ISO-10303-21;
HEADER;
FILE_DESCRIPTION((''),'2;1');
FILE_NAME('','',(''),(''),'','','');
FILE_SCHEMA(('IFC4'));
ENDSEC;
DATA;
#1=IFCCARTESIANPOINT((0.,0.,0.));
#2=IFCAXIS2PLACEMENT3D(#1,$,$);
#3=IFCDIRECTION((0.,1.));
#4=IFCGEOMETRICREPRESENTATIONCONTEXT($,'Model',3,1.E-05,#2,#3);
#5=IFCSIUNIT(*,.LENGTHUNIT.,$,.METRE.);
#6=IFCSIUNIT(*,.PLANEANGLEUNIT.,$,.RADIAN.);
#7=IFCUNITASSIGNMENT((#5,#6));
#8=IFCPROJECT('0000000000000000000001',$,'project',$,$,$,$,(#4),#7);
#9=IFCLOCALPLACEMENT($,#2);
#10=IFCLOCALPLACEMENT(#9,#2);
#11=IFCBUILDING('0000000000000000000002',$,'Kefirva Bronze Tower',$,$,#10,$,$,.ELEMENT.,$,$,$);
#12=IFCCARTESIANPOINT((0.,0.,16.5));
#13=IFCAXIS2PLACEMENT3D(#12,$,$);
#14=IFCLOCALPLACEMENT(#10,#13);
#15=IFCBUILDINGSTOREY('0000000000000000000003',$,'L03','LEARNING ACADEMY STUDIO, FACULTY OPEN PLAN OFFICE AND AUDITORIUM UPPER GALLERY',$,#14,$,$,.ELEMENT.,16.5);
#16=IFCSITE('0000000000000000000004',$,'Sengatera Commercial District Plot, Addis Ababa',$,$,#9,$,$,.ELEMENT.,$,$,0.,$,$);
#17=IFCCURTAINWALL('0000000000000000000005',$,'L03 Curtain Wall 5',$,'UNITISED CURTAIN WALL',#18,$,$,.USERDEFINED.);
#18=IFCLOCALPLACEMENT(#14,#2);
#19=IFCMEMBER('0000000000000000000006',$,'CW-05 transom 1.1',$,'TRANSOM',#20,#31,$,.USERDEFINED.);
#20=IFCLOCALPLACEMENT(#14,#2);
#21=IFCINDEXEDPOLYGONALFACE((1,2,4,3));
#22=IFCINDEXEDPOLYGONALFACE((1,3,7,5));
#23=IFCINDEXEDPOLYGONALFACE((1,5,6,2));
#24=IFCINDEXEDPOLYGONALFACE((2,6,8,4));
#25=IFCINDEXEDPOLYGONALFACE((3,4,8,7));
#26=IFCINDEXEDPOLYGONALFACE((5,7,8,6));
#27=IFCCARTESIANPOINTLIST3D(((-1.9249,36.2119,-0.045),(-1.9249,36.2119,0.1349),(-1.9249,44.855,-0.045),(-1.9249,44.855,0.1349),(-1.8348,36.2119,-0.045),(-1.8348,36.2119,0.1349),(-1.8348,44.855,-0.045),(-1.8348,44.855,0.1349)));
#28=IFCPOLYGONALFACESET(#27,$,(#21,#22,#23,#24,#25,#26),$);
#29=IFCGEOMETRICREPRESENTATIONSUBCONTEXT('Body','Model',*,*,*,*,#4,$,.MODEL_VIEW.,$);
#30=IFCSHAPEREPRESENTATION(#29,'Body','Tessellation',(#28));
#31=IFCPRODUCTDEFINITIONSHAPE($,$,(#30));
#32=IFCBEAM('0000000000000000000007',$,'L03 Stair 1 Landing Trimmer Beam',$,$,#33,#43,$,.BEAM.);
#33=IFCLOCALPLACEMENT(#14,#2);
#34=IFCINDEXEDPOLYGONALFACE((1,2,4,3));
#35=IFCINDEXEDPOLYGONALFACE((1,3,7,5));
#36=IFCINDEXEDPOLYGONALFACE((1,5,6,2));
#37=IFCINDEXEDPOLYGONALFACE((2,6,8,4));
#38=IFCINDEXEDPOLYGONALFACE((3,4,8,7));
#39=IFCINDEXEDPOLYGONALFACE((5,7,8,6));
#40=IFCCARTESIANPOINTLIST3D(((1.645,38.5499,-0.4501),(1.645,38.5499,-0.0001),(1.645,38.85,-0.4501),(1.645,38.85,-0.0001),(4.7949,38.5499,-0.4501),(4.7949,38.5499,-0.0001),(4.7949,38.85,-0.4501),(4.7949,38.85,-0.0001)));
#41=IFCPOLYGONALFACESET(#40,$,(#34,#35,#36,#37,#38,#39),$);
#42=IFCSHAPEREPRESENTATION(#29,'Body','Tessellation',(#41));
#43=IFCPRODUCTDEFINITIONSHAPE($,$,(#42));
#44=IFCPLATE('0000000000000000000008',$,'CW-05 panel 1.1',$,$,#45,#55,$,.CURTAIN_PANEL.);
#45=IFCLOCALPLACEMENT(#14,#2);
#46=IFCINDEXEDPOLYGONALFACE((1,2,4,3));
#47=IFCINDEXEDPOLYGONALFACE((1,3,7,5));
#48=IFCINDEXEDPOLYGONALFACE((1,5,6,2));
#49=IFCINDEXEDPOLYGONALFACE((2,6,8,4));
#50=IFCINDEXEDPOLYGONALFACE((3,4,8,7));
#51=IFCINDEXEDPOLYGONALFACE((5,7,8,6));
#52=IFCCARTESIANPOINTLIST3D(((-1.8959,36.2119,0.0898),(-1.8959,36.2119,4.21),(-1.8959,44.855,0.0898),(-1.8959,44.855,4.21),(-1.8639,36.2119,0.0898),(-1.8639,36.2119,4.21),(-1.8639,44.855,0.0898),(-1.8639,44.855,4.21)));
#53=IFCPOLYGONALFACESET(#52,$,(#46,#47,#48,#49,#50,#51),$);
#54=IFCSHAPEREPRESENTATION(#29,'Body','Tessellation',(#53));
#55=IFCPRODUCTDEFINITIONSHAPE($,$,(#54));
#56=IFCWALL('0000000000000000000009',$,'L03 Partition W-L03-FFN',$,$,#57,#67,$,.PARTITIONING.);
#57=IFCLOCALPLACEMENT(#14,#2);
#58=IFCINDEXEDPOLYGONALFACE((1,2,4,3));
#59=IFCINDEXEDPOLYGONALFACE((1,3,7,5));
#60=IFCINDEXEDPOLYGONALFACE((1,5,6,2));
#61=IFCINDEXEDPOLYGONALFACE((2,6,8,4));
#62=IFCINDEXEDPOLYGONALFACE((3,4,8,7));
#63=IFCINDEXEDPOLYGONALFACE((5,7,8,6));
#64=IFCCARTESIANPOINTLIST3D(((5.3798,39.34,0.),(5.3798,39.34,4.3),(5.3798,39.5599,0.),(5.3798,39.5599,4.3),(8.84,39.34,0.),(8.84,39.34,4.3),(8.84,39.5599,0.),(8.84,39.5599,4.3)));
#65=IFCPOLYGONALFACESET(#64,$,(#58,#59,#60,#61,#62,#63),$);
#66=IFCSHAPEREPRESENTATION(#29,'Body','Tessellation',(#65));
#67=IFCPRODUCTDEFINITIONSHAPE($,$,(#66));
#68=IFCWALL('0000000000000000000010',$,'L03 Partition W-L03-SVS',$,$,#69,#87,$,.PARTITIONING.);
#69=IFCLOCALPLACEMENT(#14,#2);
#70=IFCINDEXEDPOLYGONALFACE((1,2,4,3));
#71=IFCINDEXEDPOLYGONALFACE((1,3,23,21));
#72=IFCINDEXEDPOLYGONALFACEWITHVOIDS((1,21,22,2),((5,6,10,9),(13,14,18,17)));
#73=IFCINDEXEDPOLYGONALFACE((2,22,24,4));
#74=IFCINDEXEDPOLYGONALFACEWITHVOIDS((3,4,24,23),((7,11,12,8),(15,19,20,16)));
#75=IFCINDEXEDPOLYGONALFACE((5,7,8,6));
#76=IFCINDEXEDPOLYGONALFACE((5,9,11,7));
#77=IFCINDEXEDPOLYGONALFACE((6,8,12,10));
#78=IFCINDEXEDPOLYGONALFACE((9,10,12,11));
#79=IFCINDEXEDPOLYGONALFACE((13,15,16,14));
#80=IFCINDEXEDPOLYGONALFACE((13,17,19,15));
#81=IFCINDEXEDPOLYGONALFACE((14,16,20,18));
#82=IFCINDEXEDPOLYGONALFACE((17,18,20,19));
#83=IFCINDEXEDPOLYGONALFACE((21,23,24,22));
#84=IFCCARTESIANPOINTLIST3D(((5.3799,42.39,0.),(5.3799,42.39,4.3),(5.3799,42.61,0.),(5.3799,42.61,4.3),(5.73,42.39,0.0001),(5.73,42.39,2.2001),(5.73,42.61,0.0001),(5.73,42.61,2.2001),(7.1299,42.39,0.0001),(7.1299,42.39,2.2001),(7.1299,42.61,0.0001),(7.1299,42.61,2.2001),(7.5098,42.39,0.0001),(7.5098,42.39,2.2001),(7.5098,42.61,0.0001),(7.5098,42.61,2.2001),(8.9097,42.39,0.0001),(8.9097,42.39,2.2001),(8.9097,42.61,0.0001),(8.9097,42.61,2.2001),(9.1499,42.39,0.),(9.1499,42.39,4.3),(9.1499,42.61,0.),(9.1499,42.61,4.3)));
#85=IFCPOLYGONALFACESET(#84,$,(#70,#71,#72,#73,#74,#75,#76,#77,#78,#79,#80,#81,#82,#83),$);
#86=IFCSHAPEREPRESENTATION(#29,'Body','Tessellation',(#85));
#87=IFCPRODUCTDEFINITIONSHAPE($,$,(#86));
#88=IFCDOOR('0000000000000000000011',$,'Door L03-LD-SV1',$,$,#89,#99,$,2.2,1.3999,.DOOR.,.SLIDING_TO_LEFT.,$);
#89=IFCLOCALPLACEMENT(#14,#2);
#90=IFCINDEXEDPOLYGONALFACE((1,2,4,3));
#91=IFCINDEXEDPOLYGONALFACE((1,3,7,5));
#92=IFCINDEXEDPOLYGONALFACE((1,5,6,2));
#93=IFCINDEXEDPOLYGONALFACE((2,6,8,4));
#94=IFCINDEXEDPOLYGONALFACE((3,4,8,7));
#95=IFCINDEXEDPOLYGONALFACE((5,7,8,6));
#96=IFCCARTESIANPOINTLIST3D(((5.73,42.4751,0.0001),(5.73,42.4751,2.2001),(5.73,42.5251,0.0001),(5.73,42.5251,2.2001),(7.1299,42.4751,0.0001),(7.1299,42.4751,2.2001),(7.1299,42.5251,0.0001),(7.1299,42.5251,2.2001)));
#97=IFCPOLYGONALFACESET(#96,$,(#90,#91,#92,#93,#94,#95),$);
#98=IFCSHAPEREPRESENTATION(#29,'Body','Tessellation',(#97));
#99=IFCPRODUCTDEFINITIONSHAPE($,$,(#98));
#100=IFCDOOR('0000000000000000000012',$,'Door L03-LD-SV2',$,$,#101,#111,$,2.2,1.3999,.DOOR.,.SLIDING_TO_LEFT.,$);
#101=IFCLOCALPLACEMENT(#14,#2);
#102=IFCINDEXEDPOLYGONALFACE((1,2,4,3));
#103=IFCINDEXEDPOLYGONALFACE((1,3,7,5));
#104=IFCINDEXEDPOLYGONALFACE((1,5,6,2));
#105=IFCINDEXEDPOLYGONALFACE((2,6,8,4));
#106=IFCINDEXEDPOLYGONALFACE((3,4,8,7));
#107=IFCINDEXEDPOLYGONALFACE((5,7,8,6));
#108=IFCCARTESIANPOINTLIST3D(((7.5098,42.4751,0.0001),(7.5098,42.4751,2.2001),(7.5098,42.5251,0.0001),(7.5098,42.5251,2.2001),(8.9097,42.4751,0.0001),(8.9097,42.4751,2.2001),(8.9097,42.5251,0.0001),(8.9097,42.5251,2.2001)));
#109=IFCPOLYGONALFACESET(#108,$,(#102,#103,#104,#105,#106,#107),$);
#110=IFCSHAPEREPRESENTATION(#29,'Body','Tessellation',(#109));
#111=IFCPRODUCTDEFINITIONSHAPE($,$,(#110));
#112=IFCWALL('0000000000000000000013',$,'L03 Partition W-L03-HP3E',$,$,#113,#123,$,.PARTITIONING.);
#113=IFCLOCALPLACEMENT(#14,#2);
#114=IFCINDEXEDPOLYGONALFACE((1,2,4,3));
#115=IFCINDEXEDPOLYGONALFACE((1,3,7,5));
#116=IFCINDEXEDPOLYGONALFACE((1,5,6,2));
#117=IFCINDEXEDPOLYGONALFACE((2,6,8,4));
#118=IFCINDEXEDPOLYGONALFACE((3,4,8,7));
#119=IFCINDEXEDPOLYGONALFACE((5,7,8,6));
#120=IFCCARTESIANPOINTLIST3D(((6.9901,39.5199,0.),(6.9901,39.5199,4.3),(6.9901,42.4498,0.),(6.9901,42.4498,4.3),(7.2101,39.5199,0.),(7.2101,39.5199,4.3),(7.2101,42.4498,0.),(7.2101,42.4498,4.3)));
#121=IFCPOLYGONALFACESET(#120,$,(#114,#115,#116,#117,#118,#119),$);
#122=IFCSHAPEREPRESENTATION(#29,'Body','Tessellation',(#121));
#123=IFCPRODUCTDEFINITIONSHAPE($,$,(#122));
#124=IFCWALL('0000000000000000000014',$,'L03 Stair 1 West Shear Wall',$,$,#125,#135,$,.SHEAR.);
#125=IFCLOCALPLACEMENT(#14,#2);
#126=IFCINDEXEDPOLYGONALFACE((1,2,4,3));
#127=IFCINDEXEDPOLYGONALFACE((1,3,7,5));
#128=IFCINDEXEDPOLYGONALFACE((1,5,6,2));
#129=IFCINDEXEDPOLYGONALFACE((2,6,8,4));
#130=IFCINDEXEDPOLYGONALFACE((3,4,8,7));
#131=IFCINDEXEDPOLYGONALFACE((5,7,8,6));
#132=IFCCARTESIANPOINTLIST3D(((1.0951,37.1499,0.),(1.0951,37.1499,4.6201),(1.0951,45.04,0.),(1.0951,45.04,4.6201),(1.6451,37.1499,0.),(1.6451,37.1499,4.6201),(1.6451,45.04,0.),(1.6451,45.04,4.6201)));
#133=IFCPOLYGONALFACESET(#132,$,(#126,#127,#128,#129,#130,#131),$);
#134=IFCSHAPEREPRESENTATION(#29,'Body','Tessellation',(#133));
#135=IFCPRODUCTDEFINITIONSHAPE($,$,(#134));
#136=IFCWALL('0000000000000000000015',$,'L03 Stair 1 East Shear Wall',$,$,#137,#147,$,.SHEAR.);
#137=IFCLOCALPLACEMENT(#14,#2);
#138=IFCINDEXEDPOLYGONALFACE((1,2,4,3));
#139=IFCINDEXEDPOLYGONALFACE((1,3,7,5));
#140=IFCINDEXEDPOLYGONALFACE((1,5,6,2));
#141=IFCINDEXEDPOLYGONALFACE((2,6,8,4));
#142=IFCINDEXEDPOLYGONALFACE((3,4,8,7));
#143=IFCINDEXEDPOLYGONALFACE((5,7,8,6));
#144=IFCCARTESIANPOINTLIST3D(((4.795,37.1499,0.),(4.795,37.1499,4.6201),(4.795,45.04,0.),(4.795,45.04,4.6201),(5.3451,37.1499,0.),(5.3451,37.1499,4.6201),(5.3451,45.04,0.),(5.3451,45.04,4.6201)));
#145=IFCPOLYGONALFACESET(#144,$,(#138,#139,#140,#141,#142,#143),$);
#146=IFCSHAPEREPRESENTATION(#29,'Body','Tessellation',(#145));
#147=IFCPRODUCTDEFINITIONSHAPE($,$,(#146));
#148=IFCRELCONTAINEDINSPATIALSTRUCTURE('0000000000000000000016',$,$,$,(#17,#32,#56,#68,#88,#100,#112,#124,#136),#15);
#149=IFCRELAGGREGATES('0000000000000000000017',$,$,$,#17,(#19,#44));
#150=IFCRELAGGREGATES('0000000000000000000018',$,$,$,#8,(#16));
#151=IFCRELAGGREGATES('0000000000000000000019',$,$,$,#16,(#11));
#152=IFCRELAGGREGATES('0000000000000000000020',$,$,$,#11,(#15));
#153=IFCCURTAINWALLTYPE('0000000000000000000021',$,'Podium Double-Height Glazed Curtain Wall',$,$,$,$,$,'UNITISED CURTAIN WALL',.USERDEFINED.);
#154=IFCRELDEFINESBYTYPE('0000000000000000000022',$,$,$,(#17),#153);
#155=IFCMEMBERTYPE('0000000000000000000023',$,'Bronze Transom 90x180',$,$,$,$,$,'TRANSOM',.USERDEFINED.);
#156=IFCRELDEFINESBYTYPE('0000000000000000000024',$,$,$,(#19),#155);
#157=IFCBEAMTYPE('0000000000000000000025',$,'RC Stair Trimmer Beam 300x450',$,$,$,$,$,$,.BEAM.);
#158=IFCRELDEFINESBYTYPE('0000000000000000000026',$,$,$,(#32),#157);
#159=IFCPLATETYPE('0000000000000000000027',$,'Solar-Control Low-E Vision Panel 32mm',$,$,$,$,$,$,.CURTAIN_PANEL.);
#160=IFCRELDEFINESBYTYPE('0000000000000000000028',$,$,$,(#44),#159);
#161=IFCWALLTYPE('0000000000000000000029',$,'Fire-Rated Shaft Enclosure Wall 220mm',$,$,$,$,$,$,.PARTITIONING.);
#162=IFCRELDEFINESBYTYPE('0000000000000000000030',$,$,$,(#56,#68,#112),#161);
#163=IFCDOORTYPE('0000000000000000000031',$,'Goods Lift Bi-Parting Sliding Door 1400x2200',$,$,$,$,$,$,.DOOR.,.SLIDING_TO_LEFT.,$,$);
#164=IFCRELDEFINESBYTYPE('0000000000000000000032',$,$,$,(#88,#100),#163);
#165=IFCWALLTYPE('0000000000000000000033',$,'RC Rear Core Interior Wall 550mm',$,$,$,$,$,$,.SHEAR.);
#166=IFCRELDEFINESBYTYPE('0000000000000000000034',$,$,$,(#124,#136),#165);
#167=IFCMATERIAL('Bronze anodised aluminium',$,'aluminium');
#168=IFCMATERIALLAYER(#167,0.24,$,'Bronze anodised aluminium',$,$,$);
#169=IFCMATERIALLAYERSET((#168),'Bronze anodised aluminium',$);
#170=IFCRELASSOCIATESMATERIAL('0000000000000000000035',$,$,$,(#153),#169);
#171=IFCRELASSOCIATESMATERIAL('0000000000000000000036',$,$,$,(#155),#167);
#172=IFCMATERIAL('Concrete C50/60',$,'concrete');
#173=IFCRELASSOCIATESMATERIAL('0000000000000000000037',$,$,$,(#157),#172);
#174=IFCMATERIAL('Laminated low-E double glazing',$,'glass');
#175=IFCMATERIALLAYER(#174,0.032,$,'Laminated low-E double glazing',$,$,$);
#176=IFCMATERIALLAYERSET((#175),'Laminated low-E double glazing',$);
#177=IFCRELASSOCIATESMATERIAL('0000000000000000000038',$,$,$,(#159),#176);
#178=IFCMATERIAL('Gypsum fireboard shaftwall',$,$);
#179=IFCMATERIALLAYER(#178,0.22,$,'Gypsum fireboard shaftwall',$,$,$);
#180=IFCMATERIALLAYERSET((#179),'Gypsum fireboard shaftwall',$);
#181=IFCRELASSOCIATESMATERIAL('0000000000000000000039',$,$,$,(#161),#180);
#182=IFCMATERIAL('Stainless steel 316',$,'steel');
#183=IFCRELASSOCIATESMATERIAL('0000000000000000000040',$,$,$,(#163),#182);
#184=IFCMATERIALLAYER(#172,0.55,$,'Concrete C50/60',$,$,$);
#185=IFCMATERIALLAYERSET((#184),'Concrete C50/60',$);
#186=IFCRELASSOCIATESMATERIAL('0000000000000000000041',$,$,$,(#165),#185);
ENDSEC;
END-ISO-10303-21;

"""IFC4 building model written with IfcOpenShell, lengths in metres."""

from ifc_helpers import new_model, si_unit, direction, frame, frame_2d, origin, origin_2d, place, context, subcontext, project, spatial, rectangle, extrude, material, layer, layer_set, material_profile, profile_set, type_object, element, fill, aggregate, save


model = new_model("IFC4")

# Units and contexts
model_context = context("Model", 3, precision=1e-05, world=origin(), true_north=direction((0.0, 1.0)))
body_context = subcontext(model_context, "Body", "Model", "MODEL_VIEW")
ifc_project = project(units=[si_unit("LENGTHUNIT", "METRE"), si_unit("PLANEANGLEUNIT", "RADIAN")], contexts=[model_context])

# Site, building, storey
site_placement = place(None, origin())
site = spatial("IfcSite", under=ifc_project, at=site_placement, Name="Sengatera Commercial District Plot, Addis Ababa", CompositionType="ELEMENT", RefElevation=0.0)
building_placement = place(site_placement, origin())
building = spatial("IfcBuilding", under=site, at=building_placement, Name="Kefirva Bronze Tower", CompositionType="ELEMENT")
storey_placement = place(building_placement, frame((0.0, 0.0, 16.5)))
storey = spatial("IfcBuildingStorey", under=building, at=storey_placement, Name="L03", Description="LEARNING ACADEMY STUDIO, FACULTY OPEN PLAN OFFICE AND AUDITORIUM UPPER GALLERY", CompositionType="ELEMENT", Elevation=16.5)

# Curtain wall, member
ifc_material_1 = material(Name="Bronze anodised aluminium", Category="aluminium")
ifc_layer_1 = layer(ifc_material_1, 0.24, Name="Bronze anodised aluminium")
ifc_layer_set_1 = layer_set([ifc_layer_1], Name="Bronze anodised aluminium")
curtain_wall_type = type_object("IfcCurtainWallType", Name="Podium Double-Height Glazed Curtain Wall", ElementType="UNITISED CURTAIN WALL", PredefinedType="USERDEFINED", material=ifc_layer_set_1)
curtain_wall_placement = place(storey_placement, origin())
curtain_wall = element("IfcCurtainWall", 1, at=curtain_wall_placement, inside=storey, type_object=curtain_wall_type, Name="L03 Curtain Wall 5", ObjectType="UNITISED CURTAIN WALL", PredefinedType="USERDEFINED")
ifc_material_profile_1 = material_profile(ifc_material_1, rectangle(XDim=0.0901, YDim=0.1799, at=origin_2d()), Name="ALU 90x180")
ifc_profile_set_1 = profile_set([ifc_material_profile_1], Name="Bronze anodised aluminium")
member_type = type_object("IfcMemberType", Name="Bronze Transom 90x180", ElementType="TRANSOM", PredefinedType="USERDEFINED", material=ifc_profile_set_1)
member_placement = place(storey_placement, frame((-1.8799, 44.855, 0.0449), z_axis=(0.0, -1.0, 0.0), x_axis=(1.0, 0.0, 0.0)))
member = element("IfcMember", 2, at=member_placement, type_object=member_type, Name="CW-05 transom 1.1", ObjectType="TRANSOM", PredefinedType="USERDEFINED", context=body_context, shape_type="SweptSolid", body=[
    extrude(rectangle(XDim=0.0901, YDim=0.1799, at=origin_2d()), origin(), (0.0, 0.0, 1.0), 8.6431),
])

# Beam
ifc_material_2 = material(Name="Concrete C50/60", Category="concrete")
ifc_material_profile_2 = material_profile(ifc_material_2, rectangle(XDim=0.3, YDim=0.45, at=origin_2d()), Name="RC 300x450")
ifc_profile_set_2 = profile_set([ifc_material_profile_2], Name="Concrete C50/60")
beam_type = type_object("IfcBeamType", Name="RC Stair Trimmer Beam 300x450", PredefinedType="BEAM", material=ifc_profile_set_2)
beam_placement = place(storey_placement, frame((1.645, 38.7, -0.2251), z_axis=(1.0, 0.0, 0.0), x_axis=(0.0, 1.0, 0.0)))
element("IfcBeam", 3, at=beam_placement, inside=storey, type_object=beam_type, Name="L03 Stair 1 Landing Trimmer Beam", PredefinedType="BEAM", context=body_context, shape_type="SweptSolid", body=[
    extrude(rectangle(XDim=0.3, YDim=0.45, at=origin_2d()), origin(), (0.0, 0.0, 1.0), 3.1499),
])

# Plate
ifc_material_3 = material(Name="Laminated low-E double glazing", Category="glass")
ifc_layer_2 = layer(ifc_material_3, 0.032, Name="Laminated low-E double glazing")
ifc_layer_set_2 = layer_set([ifc_layer_2], Name="Laminated low-E double glazing")
plate_type = type_object("IfcPlateType", Name="Solar-Control Low-E Vision Panel 32mm", PredefinedType="CURTAIN_PANEL", material=ifc_layer_set_2)
plate_placement = place(storey_placement, frame((-1.8799, 40.5334, 0.0898), z_axis=(0.0, 0.0, 1.0), x_axis=(0.0, -1.0, 0.0)))
plate = element("IfcPlate", 4, at=plate_placement, type_object=plate_type, Name="CW-05 panel 1.1", PredefinedType="CURTAIN_PANEL", context=body_context, shape_type="SweptSolid", body=[
    extrude(rectangle(XDim=8.6431, YDim=0.032, at=origin_2d()), origin(), (0.0, 0.0, 1.0), 4.1201),
])
aggregate(curtain_wall, [member, plate])

# Shared definitions
ifc_material_4 = material(Name="Gypsum fireboard shaftwall")
ifc_layer_3 = layer(ifc_material_4, 0.22, Name="Gypsum fireboard shaftwall")
ifc_layer_set_3 = layer_set([ifc_layer_3], Name="Gypsum fireboard shaftwall")
wall_type_1 = type_object("IfcWallType", Name="Fire-Rated Shaft Enclosure Wall 220mm", PredefinedType="PARTITIONING", material=ifc_layer_set_3)

# Wall
wall_1_placement = place(storey_placement, frame((5.3799, 39.45, 0.0), z_axis=(0.0, 0.0, 1.0), x_axis=(1.0, 0.0, 0.0)))
element("IfcWall", 5, at=wall_1_placement, inside=storey, type_object=wall_type_1, Name="L03 Partition W-L03-FFN", PredefinedType="PARTITIONING", context=body_context, shape_type="SweptSolid", body=[
    extrude(rectangle(XDim=3.4602, YDim=0.22, at=frame_2d((1.73, 0.0))), origin(), (0.0, 0.0, 1.0), 4.3),
])

# Wall, openings, doors
wall_2_placement = place(storey_placement, frame((5.3799, 42.5, 0.0), z_axis=(0.0, 0.0, 1.0), x_axis=(1.0, 0.0, 0.0)))
wall_2 = element("IfcWall", 6, at=wall_2_placement, inside=storey, type_object=wall_type_1, Name="L03 Partition W-L03-SVS", PredefinedType="PARTITIONING", context=body_context, shape_type="SweptSolid", body=[
    extrude(rectangle(XDim=3.77, YDim=0.22, at=frame_2d((1.885, 0.0))), origin(), (0.0, 0.0, 1.0), 4.3),
])
opening_1_placement = place(wall_2_placement, frame((1.75, 0.0, 0.0), z_axis=(0.0, 0.0, 1.0), x_axis=(-1.0, 0.0, 0.0)))
opening_1 = element("IfcOpeningElement", 7, at=opening_1_placement, cuts=wall_2, PredefinedType="OPENING", context=body_context, shape_type="SweptSolid", body=[
    extrude(rectangle(XDim=1.3999, YDim=2.2, at=frame_2d((0.7, 1.1001))), frame((0.0, 0.1201, 0.0), z_axis=(0.0, -1.0, 0.0), x_axis=(1.0, 0.0, 0.0)), (0.0, 0.0, 1.0), 0.24),
])
opening_2_placement = place(wall_2_placement, frame((3.5298, 0.0, 0.0), z_axis=(0.0, 0.0, 1.0), x_axis=(-1.0, 0.0, 0.0)))
opening_2 = element("IfcOpeningElement", 8, at=opening_2_placement, cuts=wall_2, PredefinedType="OPENING", context=body_context, shape_type="SweptSolid", body=[
    extrude(rectangle(XDim=1.3999, YDim=2.2, at=frame_2d((0.7, 1.1001))), frame((0.0, 0.1201, 0.0), z_axis=(0.0, -1.0, 0.0), x_axis=(1.0, 0.0, 0.0)), (0.0, 0.0, 1.0), 0.24),
])
ifc_material_5 = material(Name="Stainless steel 316", Category="steel")
door_type_1 = type_object("IfcDoorType", Name="Goods Lift Bi-Parting Sliding Door 1400x2200", OperationType="SLIDING_TO_LEFT", PredefinedType="DOOR", material=ifc_material_5)
door_1_placement = place(opening_1_placement, origin())
door_1 = element("IfcDoor", 9, at=door_1_placement, inside=storey, type_object=door_type_1, Name="Door L03-LD-SV1", OperationType="SLIDING_TO_LEFT", OverallHeight=2.2, OverallWidth=1.3999, PredefinedType="DOOR", context=body_context, shape_type="SweptSolid", body=[
    extrude(rectangle(XDim=1.3999, YDim=2.2, at=frame_2d((0.7, 1.1001))), frame((0.0, 0.0249, 0.0), z_axis=(0.0, -1.0, 0.0), x_axis=(1.0, 0.0, 0.0)), (0.0, 0.0, 1.0), 0.05),
])
fill(opening_1, door_1)
door_2_placement = place(opening_2_placement, origin())
door_2 = element("IfcDoor", 10, at=door_2_placement, inside=storey, type_object=door_type_1, Name="Door L03-LD-SV2", OperationType="SLIDING_TO_LEFT", OverallHeight=2.2, OverallWidth=1.3999, PredefinedType="DOOR", context=body_context, shape_type="SweptSolid", body=[
    extrude(rectangle(XDim=1.3999, YDim=2.2, at=frame_2d((0.7, 1.1001))), frame((0.0, 0.0249, 0.0), z_axis=(0.0, -1.0, 0.0), x_axis=(1.0, 0.0, 0.0)), (0.0, 0.0, 1.0), 0.05),
])
fill(opening_2, door_2)

# Walls
wall_3_placement = place(storey_placement, frame((7.1001, 39.52, 0.0), z_axis=(0.0, 0.0, 1.0), x_axis=(0.0, 1.0, 0.0)))
element("IfcWall", 11, at=wall_3_placement, inside=storey, type_object=wall_type_1, Name="L03 Partition W-L03-HP3E", PredefinedType="PARTITIONING", context=body_context, shape_type="SweptSolid", body=[
    extrude(rectangle(XDim=2.9299, YDim=0.22, at=frame_2d((1.4648, 0.0))), origin(), (0.0, 0.0, 1.0), 4.3),
])
ifc_layer_4 = layer(ifc_material_2, 0.55, Name="Concrete C50/60")
ifc_layer_set_4 = layer_set([ifc_layer_4], Name="Concrete C50/60")
wall_type_2 = type_object("IfcWallType", Name="RC Rear Core Interior Wall 550mm", PredefinedType="SHEAR", material=ifc_layer_set_4)
for number, where, z_axis, x_axis, name in (
    (12, (1.3701, 37.1499, 0.0), (0.0, 0.0, 1.0), (0.0, 1.0, 0.0), "L03 Stair 1 West Shear Wall"),
    (13, (5.0701, 37.1499, 0.0), (0.0, 0.0, 1.0), (0.0, 1.0, 0.0), "L03 Stair 1 East Shear Wall"),
):
    element("IfcWall", number, at=place(storey_placement, frame(where, z_axis=z_axis, x_axis=x_axis)), inside=storey, type_object=wall_type_2, Name=name, PredefinedType="SHEAR", context=body_context, shape_type="SweptSolid", body=[
        extrude(rectangle(XDim=7.8901, YDim=0.55, at=frame_2d((3.9451, 0.0))), origin(), (0.0, 0.0, 1.0), 4.6201),
    ])

save(model, "model.ifc")
